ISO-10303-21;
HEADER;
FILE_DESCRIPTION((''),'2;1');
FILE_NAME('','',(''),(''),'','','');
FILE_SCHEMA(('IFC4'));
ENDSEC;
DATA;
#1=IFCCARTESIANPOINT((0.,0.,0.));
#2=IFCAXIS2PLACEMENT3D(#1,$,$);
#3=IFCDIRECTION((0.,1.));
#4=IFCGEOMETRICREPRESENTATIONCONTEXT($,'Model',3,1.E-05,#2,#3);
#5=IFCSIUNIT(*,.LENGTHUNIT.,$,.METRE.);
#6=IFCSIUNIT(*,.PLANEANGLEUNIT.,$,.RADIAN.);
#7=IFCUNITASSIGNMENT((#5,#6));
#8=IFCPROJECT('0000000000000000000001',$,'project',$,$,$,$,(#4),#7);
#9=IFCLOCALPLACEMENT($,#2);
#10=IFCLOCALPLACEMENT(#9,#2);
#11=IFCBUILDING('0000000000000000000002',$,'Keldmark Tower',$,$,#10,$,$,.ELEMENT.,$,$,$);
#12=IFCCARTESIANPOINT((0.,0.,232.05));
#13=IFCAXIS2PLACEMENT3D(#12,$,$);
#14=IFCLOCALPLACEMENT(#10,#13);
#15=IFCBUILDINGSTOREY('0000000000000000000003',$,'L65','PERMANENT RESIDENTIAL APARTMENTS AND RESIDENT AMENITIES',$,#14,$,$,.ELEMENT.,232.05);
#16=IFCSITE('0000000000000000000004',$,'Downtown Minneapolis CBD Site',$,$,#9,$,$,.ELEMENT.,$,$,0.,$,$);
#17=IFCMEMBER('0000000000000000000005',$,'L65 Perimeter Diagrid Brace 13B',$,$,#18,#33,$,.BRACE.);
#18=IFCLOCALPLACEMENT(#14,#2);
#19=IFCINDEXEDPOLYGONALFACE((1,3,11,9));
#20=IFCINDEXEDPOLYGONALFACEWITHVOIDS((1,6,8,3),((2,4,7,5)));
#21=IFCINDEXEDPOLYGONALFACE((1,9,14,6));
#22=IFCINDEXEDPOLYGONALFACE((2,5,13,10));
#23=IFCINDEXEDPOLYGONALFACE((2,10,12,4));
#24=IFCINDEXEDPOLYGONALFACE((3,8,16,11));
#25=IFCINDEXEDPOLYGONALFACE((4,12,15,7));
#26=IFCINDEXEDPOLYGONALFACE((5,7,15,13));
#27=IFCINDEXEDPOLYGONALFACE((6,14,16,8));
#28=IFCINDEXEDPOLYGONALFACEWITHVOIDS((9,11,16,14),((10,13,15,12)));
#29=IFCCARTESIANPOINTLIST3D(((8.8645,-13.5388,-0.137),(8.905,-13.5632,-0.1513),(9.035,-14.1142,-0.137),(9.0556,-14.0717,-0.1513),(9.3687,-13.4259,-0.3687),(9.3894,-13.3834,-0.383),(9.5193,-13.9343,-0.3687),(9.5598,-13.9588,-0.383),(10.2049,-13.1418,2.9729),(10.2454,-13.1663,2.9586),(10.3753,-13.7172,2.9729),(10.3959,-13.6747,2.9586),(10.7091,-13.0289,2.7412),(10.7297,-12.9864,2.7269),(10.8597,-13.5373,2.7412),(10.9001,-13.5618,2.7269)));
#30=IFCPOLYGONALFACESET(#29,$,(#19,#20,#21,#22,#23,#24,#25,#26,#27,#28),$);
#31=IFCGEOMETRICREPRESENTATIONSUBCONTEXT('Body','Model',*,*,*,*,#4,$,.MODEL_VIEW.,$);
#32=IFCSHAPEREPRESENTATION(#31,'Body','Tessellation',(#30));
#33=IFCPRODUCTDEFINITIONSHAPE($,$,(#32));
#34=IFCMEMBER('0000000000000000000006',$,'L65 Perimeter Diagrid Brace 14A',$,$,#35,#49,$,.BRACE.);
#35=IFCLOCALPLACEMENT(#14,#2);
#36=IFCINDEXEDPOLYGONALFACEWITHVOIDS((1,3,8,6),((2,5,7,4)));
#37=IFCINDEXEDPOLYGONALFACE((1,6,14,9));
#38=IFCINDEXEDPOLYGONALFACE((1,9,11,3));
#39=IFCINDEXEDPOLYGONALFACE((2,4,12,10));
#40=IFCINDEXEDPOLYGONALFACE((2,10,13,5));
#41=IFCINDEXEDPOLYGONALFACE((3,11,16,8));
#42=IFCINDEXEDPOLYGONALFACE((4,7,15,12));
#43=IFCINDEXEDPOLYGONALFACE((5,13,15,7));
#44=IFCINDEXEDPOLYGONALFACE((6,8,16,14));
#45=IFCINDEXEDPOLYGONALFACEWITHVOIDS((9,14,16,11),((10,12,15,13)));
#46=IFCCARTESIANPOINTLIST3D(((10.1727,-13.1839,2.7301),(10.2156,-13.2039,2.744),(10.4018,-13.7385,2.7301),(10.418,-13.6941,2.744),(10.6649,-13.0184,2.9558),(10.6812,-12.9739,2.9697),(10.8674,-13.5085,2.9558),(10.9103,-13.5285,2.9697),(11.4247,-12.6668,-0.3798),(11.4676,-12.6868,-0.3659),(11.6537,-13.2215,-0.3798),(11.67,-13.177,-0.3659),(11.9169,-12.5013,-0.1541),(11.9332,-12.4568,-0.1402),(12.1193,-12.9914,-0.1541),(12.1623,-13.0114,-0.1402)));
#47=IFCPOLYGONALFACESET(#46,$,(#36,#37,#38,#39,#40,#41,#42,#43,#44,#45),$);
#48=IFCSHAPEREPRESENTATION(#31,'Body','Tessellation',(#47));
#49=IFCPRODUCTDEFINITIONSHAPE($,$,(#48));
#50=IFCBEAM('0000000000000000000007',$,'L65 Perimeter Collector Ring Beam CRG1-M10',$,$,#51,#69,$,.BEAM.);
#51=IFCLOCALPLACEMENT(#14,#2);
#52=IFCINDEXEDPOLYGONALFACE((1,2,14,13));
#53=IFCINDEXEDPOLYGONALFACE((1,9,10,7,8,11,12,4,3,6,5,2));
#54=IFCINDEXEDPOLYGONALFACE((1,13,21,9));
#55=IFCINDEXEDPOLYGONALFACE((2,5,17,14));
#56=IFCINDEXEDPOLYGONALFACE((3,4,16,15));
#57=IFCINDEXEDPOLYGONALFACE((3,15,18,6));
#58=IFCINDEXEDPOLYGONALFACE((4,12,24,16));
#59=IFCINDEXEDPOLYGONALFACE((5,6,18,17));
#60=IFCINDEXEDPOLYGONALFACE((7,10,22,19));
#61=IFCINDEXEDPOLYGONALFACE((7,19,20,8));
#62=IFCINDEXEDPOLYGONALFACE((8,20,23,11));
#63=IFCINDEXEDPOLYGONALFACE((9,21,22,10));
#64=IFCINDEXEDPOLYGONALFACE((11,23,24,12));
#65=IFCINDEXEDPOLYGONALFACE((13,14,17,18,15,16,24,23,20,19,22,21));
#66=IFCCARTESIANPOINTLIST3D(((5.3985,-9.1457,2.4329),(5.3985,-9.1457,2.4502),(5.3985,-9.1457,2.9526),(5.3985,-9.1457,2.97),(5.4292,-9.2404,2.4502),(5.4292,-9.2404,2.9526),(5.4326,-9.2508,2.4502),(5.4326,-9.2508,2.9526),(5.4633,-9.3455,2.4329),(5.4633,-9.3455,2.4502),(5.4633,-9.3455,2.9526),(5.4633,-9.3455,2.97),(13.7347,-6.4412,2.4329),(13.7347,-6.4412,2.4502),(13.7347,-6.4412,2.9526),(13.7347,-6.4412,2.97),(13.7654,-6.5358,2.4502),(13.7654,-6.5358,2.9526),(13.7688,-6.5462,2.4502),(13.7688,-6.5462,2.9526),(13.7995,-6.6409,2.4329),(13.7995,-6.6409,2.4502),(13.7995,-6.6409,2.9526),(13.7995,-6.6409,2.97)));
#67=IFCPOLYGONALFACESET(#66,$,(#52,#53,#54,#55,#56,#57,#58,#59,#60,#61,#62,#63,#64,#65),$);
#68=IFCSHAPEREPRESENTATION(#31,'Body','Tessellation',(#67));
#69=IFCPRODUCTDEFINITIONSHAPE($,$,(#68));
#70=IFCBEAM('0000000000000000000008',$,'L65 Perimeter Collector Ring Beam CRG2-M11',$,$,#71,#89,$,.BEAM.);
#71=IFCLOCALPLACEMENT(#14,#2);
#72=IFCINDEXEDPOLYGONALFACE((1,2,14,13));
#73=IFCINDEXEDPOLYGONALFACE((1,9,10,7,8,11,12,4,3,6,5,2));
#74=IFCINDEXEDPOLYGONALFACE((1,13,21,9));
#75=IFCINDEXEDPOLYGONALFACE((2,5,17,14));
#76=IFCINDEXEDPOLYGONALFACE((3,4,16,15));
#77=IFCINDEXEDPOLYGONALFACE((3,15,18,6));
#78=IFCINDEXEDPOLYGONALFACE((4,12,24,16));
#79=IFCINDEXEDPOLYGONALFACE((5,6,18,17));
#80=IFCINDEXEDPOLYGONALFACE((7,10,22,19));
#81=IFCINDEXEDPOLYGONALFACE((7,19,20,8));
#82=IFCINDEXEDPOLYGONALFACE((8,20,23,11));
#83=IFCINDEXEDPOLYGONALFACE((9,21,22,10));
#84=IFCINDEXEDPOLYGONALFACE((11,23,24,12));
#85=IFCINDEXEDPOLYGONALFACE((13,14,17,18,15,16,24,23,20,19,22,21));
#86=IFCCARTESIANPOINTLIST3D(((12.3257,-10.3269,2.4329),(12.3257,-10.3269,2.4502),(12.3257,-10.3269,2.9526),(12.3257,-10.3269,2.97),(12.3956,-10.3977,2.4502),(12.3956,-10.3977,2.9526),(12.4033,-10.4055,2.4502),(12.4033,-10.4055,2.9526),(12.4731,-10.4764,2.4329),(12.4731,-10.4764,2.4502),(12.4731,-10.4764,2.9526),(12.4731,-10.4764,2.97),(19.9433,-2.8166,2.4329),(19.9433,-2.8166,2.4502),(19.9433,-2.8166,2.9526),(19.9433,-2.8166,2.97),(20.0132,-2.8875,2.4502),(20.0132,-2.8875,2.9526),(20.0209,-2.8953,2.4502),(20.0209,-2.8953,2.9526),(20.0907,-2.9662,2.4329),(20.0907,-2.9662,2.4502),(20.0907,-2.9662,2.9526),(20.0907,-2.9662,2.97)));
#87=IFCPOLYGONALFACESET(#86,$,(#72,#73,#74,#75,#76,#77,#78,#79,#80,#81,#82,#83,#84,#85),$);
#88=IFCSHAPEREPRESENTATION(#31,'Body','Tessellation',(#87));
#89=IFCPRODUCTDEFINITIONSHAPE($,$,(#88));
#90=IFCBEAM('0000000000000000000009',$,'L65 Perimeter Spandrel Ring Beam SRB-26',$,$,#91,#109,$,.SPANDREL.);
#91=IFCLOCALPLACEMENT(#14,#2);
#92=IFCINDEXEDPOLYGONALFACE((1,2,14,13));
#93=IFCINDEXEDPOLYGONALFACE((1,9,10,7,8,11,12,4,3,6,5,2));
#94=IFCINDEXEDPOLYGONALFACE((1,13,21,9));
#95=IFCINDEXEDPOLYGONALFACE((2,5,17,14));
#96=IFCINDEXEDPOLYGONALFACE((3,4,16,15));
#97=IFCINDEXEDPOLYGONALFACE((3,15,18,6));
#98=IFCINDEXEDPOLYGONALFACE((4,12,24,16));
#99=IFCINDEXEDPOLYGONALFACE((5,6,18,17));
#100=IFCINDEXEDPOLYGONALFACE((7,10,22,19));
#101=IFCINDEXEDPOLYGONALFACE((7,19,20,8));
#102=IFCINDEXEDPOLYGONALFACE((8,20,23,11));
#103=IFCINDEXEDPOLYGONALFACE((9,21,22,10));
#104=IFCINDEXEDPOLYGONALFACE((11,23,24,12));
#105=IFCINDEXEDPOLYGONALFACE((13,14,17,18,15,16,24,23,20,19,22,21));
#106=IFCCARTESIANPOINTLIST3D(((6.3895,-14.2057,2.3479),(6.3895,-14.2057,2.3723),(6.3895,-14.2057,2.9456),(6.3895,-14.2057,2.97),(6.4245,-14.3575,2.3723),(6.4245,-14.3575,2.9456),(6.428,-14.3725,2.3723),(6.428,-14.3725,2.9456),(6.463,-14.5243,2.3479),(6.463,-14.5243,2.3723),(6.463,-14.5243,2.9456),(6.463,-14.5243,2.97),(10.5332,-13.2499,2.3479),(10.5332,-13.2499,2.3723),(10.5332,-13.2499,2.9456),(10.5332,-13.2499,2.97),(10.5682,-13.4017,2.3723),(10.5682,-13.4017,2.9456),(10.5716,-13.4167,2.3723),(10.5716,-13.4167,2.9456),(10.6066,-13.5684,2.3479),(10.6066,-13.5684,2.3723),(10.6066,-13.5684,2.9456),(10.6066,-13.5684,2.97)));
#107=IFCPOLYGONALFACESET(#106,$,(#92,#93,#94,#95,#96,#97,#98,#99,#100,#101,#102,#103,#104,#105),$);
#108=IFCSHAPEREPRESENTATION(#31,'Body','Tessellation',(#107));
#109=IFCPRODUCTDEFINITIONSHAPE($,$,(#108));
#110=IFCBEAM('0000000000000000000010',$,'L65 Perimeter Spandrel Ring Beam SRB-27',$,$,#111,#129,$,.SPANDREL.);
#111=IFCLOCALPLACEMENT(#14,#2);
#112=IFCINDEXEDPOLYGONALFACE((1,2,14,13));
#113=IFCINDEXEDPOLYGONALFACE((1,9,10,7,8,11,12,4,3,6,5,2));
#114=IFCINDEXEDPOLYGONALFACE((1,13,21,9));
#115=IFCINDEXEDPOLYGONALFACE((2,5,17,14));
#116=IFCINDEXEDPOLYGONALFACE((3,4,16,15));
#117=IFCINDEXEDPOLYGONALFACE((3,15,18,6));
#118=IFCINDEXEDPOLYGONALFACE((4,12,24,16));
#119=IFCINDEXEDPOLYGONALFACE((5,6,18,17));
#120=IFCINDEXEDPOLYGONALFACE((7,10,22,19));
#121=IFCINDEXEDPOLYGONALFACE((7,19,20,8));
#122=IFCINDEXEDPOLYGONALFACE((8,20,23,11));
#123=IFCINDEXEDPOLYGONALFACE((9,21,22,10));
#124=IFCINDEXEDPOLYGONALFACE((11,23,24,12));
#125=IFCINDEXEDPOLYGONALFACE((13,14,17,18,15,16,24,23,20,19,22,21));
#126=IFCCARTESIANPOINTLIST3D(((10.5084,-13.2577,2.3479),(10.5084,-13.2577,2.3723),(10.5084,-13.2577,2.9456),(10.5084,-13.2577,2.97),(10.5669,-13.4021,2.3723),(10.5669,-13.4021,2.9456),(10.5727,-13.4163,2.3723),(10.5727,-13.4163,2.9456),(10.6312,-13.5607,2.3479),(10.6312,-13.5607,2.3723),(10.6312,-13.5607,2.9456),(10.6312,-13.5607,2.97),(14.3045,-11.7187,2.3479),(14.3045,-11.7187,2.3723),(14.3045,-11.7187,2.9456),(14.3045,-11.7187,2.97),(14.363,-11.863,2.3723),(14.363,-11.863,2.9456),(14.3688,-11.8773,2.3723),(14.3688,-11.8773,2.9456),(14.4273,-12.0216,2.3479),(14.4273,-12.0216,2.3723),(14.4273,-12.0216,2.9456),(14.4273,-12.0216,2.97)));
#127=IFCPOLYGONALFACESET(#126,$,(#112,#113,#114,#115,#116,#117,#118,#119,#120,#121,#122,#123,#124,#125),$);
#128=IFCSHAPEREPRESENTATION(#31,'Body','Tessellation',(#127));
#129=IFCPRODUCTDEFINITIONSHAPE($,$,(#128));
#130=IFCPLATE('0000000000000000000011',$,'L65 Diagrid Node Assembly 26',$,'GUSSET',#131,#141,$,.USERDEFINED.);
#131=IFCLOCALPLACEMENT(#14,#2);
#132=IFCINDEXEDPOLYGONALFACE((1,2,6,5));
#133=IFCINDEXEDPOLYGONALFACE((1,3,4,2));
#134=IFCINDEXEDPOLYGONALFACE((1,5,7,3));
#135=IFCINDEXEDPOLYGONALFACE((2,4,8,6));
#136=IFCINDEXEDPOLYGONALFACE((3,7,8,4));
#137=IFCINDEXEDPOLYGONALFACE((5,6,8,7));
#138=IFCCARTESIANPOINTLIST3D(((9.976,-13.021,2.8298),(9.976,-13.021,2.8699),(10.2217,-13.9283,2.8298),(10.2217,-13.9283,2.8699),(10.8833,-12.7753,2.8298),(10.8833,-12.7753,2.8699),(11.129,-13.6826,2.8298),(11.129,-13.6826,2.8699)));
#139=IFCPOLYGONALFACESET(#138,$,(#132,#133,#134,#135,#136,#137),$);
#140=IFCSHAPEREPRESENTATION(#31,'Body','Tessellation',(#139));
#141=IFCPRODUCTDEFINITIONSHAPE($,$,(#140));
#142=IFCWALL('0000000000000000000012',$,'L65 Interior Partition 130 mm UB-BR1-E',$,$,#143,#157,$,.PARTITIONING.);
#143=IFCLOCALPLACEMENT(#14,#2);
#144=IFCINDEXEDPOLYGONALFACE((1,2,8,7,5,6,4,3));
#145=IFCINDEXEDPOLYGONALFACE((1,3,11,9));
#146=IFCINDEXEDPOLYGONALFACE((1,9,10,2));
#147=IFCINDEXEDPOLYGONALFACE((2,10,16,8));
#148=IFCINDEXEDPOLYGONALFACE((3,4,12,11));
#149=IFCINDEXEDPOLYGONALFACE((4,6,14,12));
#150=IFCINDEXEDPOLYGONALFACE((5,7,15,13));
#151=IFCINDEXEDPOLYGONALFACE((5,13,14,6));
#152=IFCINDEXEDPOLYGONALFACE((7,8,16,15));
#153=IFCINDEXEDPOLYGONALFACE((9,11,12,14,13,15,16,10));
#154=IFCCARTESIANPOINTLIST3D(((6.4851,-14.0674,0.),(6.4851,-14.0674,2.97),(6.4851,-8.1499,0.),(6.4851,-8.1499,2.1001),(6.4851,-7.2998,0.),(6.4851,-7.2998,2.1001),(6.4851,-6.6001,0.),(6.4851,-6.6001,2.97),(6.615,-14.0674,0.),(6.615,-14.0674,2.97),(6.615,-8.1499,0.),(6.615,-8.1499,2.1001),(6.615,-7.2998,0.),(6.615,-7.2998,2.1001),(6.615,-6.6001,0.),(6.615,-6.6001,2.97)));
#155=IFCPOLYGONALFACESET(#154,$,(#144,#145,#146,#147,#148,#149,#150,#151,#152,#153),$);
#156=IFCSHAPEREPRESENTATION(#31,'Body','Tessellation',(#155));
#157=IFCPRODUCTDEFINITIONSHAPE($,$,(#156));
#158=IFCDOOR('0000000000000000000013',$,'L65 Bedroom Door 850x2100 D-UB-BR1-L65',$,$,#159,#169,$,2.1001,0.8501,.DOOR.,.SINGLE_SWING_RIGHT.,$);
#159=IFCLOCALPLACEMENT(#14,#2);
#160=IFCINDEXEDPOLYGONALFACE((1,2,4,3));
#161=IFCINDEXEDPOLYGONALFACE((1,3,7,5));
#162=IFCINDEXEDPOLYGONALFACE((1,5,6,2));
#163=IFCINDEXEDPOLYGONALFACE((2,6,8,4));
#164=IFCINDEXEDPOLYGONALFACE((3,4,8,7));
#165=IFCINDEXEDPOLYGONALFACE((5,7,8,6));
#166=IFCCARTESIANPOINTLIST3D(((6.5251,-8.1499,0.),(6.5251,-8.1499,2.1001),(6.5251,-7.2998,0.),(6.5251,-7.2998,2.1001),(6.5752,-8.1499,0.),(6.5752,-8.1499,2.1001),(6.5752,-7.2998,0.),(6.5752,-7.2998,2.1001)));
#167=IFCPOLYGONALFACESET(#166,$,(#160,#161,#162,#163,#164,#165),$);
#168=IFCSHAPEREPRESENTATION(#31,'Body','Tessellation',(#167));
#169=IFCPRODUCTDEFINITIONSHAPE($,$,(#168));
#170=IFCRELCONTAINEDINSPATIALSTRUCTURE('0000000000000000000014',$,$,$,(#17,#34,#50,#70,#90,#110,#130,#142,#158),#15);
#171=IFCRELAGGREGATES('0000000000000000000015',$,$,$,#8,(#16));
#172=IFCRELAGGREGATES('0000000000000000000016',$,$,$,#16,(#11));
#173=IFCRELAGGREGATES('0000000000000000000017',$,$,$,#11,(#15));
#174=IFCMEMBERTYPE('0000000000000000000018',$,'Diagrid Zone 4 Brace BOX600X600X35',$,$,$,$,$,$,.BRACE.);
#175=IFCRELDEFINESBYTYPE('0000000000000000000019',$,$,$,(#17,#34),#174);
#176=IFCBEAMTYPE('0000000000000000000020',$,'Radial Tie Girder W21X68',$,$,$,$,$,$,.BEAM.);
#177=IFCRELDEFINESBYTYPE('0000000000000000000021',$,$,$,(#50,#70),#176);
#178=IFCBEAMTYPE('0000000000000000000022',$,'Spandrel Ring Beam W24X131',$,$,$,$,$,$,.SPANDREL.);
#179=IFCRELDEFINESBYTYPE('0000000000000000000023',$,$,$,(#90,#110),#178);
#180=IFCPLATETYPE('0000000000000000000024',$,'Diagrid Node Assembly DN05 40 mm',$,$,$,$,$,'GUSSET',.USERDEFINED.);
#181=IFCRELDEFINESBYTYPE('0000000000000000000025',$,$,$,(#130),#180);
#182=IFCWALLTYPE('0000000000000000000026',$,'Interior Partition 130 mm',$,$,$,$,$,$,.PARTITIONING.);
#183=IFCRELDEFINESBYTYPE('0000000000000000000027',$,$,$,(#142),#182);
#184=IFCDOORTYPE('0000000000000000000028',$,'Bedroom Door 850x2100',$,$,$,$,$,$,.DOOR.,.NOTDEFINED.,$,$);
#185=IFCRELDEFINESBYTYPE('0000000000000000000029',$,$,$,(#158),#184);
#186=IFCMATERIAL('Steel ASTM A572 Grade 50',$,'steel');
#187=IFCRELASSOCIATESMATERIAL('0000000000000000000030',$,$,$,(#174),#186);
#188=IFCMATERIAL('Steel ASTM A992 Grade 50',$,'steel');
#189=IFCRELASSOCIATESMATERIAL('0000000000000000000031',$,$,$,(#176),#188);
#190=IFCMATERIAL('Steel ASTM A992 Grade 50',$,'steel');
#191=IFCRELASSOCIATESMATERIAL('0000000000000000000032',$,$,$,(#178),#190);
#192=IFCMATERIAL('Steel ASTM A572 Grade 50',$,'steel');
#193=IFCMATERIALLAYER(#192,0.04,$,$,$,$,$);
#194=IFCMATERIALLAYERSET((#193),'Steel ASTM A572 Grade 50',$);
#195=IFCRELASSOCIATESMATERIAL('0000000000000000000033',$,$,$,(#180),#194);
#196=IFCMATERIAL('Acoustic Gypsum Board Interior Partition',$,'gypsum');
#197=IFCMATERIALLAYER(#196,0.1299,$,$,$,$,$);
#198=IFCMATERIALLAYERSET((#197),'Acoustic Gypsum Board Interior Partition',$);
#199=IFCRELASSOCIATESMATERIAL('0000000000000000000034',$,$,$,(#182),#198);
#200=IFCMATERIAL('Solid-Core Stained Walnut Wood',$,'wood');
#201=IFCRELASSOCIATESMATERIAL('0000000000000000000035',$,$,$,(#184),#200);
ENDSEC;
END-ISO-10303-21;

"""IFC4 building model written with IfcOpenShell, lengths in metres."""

from ifc_helpers import new_model, si_unit, direction, frame, frame_2d, origin, origin_2d, place, context, subcontext, project, spatial, rectangle, hollow_rectangle, i_section, extrude, material, layer, layer_set, material_profile, profile_set, type_object, element, fill, save


model = new_model("IFC4")

# Units and contexts
model_context = context("Model", 3, precision=1e-05, world=origin(), true_north=direction((0.0, 1.0)))
body_context = subcontext(model_context, "Body", "Model", "MODEL_VIEW")
ifc_project = project(units=[si_unit("LENGTHUNIT", "METRE"), si_unit("PLANEANGLEUNIT", "RADIAN")], contexts=[model_context])

# Site, building, storey
site_placement = place(None, origin())
site = spatial("IfcSite", under=ifc_project, at=site_placement, Name="Downtown Minneapolis CBD Site", CompositionType="ELEMENT", RefElevation=0.0)
building_placement = place(site_placement, origin())
building = spatial("IfcBuilding", under=site, at=building_placement, Name="Keldmark Tower", CompositionType="ELEMENT")
storey_placement = place(building_placement, frame((0.0, 0.0, 232.05)))
storey = spatial("IfcBuildingStorey", under=building, at=storey_placement, Name="L65", Description="PERMANENT RESIDENTIAL APARTMENTS AND RESIDENT AMENITIES", CompositionType="ELEMENT", Elevation=232.05)

# Members
ifc_material_1 = material(Name="Steel ASTM A572 Grade 50", Category="steel")
ifc_material_profile_1 = material_profile(ifc_material_1, hollow_rectangle(XDim=0.6001, YDim=0.6001, WallThickness=0.0349, at=origin_2d()), Name="BOX600X600X35")
ifc_profile_set_1 = profile_set([ifc_material_profile_1], Name="Steel ASTM A572 Grade 50")
member_type = type_object("IfcMemberType", Name="Diagrid Zone 4 Brace BOX600X600X35", PredefinedType="BRACE", material=ifc_profile_set_1)
member_1_placement = place(storey_placement, frame((9.2122, -13.7488, -0.26), z_axis=(0.393106, 0.116428, 0.912092), x_axis=(-0.283981, 0.95883, 0.0)))
element("IfcMember", 1, at=member_1_placement, inside=storey, type_object=member_type, Name="L65 Perimeter Diagrid Brace 13B", PredefinedType="BRACE", context=body_context, shape_type="SweptSolid", body=[
    extrude(hollow_rectangle(XDim=0.6001, YDim=0.6001, WallThickness=0.0349, at=origin_2d()), origin(), (0.0, 0.0, 1.0), 3.4097),
])
member_2_placement = place(storey_placement, frame((11.7935, -12.8391, -0.26), z_axis=(-0.369084, -0.152442, 0.916809), x_axis=(0.381747, -0.924267, 0.0)))
element("IfcMember", 2, at=member_2_placement, inside=storey, type_object=member_type, Name="L65 Perimeter Diagrid Brace 14A", PredefinedType="BRACE", context=body_context, shape_type="SweptSolid", body=[
    extrude(hollow_rectangle(XDim=0.6001, YDim=0.6001, WallThickness=0.0349, at=origin_2d()), origin(), (0.0, 0.0, 1.0), 3.3921),
])

# Beams
ifc_material_2 = material(Name="Steel ASTM A992 Grade 50", Category="steel")
ifc_material_profile_2 = material_profile(ifc_material_2, i_section(OverallWidth=0.21, OverallDepth=0.5371, WebThickness=0.011, FlangeThickness=0.0173, at=origin_2d()), Name="W21X68")
ifc_profile_set_2 = profile_set([ifc_material_profile_2], Name="Steel ASTM A992 Grade 50")
beam_type_1 = type_object("IfcBeamType", Name="Radial Tie Girder W21X68", PredefinedType="BEAM", material=ifc_profile_set_2)
beam_1_placement = place(storey_placement, frame((5.4309, -9.2456, 2.7014), z_axis=(0.951191, 0.308604, 0.0), x_axis=(-0.308604, 0.951191, 0.0)))
element("IfcBeam", 3, at=beam_1_placement, inside=storey, type_object=beam_type_1, Name="L65 Perimeter Collector Ring Beam CRG1-M10", PredefinedType="BEAM", context=body_context, shape_type="SweptSolid", body=[
    extrude(i_section(OverallWidth=0.21, OverallDepth=0.5371, WebThickness=0.011, FlangeThickness=0.0173, at=origin_2d()), origin(), (0.0, 0.0, 1.0), 8.7639),
])
beam_2_placement = place(storey_placement, frame((12.3994, -10.4016, 2.7014), z_axis=(0.71211, 0.702068, 0.0), x_axis=(-0.702068, 0.71211, 0.0)))
element("IfcBeam", 4, at=beam_2_placement, inside=storey, type_object=beam_type_1, Name="L65 Perimeter Collector Ring Beam CRG2-M11", PredefinedType="BEAM", context=body_context, shape_type="SweptSolid", body=[
    extrude(i_section(OverallWidth=0.21, OverallDepth=0.5371, WebThickness=0.011, FlangeThickness=0.0173, at=origin_2d()), origin(), (0.0, 0.0, 1.0), 10.6973),
])
ifc_material_3 = material(Name="Steel ASTM A992 Grade 50", Category="steel")
ifc_material_profile_3 = material_profile(ifc_material_3, i_section(OverallWidth=0.3269, OverallDepth=0.6221, WebThickness=0.0154, FlangeThickness=0.0244, at=origin_2d()), Name="W24X131")
ifc_profile_set_3 = profile_set([ifc_material_profile_3], Name="Steel ASTM A992 Grade 50")
beam_type_2 = type_object("IfcBeamType", Name="Spandrel Ring Beam W24X131", PredefinedType="SPANDREL", material=ifc_profile_set_3)
beam_3_placement = place(storey_placement, frame((6.4263, -14.365, 2.6589), z_axis=(0.974412, 0.224771, 0.0), x_axis=(-0.224771, 0.974412, 0.0)))
element("IfcBeam", 5, at=beam_3_placement, inside=storey, type_object=beam_type_2, Name="L65 Perimeter Spandrel Ring Beam SRB-26", PredefinedType="SPANDREL", context=body_context, shape_type="SweptSolid", body=[
    extrude(i_section(OverallWidth=0.3269, OverallDepth=0.6221, WebThickness=0.0154, FlangeThickness=0.0244, at=origin_2d()), origin(), (0.0, 0.0, 1.0), 4.2524),
])
beam_4_placement = place(storey_placement, frame((10.5698, -13.4092, 2.6589), z_axis=(0.926732, 0.375723, 0.0), x_axis=(-0.375723, 0.926732, 0.0)))
element("IfcBeam", 6, at=beam_4_placement, inside=storey, type_object=beam_type_2, Name="L65 Perimeter Spandrel Ring Beam SRB-27", PredefinedType="SPANDREL", context=body_context, shape_type="SweptSolid", body=[
    extrude(i_section(OverallWidth=0.3269, OverallDepth=0.6221, WebThickness=0.0154, FlangeThickness=0.0244, at=origin_2d()), origin(), (0.0, 0.0, 1.0), 4.0962),
])

# Plate
ifc_material_4 = material(Name="Steel ASTM A572 Grade 50", Category="steel")
ifc_layer_1 = layer(ifc_material_4, 0.04)
ifc_layer_set_1 = layer_set([ifc_layer_1], Name="Steel ASTM A572 Grade 50")
plate_type = type_object("IfcPlateType", Name="Diagrid Node Assembly DN05 40 mm", ElementType="GUSSET", PredefinedType="USERDEFINED", material=ifc_layer_set_1)
plate_placement = place(storey_placement, frame((10.5525, -13.3518, 2.8298), z_axis=(0.0, 0.0, 1.0), x_axis=(0.965245, 0.261347, 0.0)))
element("IfcPlate", 7, at=plate_placement, inside=storey, type_object=plate_type, Name="L65 Diagrid Node Assembly 26", ObjectType="GUSSET", PredefinedType="USERDEFINED", context=body_context, shape_type="SweptSolid", body=[
    extrude(rectangle(XDim=0.9399, YDim=0.9399, at=origin_2d()), origin(), (0.0, 0.0, 1.0), 0.04),
])

# Wall, opening, door
ifc_material_5 = material(Name="Acoustic Gypsum Board Interior Partition", Category="gypsum")
ifc_layer_2 = layer(ifc_material_5, 0.1299)
ifc_layer_set_2 = layer_set([ifc_layer_2], Name="Acoustic Gypsum Board Interior Partition")
wall_type_1 = type_object("IfcWallType", Name="Interior Partition 130 mm", PredefinedType="PARTITIONING", material=ifc_layer_set_2)
wall_1_placement = place(storey_placement, frame((6.55, -14.0674, 0.0), z_axis=(0.0, 0.0, 1.0), x_axis=(0.0, 1.0, 0.0)))
wall_1 = element("IfcWall", 8, at=wall_1_placement, inside=storey, type_object=wall_type_1, Name="L65 Interior Partition 130 mm UB-BR1-E", PredefinedType="PARTITIONING", context=body_context, shape_type="SweptSolid", body=[
    extrude(rectangle(XDim=7.4673, YDim=0.1299, at=frame_2d((3.7336, 0.0))), origin(), (0.0, 0.0, 1.0), 2.97),
])
opening_1_placement = place(wall_1_placement, frame((5.9175, 0.0, 0.0)))
opening_1 = element("IfcOpeningElement", 9, at=opening_1_placement, cuts=wall_1, PredefinedType="OPENING", context=body_context, shape_type="SweptSolid", body=[
    extrude(rectangle(XDim=0.8501, YDim=2.1001, at=frame_2d((0.425, 1.05))), frame((0.0, 0.075, 0.0), z_axis=(0.0, -1.0, 0.0), x_axis=(1.0, 0.0, 0.0)), (0.0, 0.0, 1.0), 0.1499),
])
ifc_material_6 = material(Name="Solid-Core Stained Walnut Wood", Category="wood")
door_type_1 = type_object("IfcDoorType", Name="Bedroom Door 850x2100", OperationType="NOTDEFINED", PredefinedType="DOOR", material=ifc_material_6)
door_1_placement = place(opening_1_placement, origin())
door_1 = element("IfcDoor", 10, at=door_1_placement, inside=storey, type_object=door_type_1, Name="L65 Bedroom Door 850x2100 D-UB-BR1-L65", OperationType="SINGLE_SWING_RIGHT", OverallHeight=2.1001, OverallWidth=0.8501, PredefinedType="DOOR", context=body_context, shape_type="SweptSolid", body=[
    extrude(rectangle(XDim=0.8501, YDim=2.1001, at=frame_2d((0.425, 1.05))), frame((0.0, 0.0249, 0.0), z_axis=(0.0, -1.0, 0.0), x_axis=(1.0, 0.0, 0.0)), (0.0, 0.0, 1.0), 0.05),
])
fill(opening_1, door_1)

save(model, "model.ifc")
